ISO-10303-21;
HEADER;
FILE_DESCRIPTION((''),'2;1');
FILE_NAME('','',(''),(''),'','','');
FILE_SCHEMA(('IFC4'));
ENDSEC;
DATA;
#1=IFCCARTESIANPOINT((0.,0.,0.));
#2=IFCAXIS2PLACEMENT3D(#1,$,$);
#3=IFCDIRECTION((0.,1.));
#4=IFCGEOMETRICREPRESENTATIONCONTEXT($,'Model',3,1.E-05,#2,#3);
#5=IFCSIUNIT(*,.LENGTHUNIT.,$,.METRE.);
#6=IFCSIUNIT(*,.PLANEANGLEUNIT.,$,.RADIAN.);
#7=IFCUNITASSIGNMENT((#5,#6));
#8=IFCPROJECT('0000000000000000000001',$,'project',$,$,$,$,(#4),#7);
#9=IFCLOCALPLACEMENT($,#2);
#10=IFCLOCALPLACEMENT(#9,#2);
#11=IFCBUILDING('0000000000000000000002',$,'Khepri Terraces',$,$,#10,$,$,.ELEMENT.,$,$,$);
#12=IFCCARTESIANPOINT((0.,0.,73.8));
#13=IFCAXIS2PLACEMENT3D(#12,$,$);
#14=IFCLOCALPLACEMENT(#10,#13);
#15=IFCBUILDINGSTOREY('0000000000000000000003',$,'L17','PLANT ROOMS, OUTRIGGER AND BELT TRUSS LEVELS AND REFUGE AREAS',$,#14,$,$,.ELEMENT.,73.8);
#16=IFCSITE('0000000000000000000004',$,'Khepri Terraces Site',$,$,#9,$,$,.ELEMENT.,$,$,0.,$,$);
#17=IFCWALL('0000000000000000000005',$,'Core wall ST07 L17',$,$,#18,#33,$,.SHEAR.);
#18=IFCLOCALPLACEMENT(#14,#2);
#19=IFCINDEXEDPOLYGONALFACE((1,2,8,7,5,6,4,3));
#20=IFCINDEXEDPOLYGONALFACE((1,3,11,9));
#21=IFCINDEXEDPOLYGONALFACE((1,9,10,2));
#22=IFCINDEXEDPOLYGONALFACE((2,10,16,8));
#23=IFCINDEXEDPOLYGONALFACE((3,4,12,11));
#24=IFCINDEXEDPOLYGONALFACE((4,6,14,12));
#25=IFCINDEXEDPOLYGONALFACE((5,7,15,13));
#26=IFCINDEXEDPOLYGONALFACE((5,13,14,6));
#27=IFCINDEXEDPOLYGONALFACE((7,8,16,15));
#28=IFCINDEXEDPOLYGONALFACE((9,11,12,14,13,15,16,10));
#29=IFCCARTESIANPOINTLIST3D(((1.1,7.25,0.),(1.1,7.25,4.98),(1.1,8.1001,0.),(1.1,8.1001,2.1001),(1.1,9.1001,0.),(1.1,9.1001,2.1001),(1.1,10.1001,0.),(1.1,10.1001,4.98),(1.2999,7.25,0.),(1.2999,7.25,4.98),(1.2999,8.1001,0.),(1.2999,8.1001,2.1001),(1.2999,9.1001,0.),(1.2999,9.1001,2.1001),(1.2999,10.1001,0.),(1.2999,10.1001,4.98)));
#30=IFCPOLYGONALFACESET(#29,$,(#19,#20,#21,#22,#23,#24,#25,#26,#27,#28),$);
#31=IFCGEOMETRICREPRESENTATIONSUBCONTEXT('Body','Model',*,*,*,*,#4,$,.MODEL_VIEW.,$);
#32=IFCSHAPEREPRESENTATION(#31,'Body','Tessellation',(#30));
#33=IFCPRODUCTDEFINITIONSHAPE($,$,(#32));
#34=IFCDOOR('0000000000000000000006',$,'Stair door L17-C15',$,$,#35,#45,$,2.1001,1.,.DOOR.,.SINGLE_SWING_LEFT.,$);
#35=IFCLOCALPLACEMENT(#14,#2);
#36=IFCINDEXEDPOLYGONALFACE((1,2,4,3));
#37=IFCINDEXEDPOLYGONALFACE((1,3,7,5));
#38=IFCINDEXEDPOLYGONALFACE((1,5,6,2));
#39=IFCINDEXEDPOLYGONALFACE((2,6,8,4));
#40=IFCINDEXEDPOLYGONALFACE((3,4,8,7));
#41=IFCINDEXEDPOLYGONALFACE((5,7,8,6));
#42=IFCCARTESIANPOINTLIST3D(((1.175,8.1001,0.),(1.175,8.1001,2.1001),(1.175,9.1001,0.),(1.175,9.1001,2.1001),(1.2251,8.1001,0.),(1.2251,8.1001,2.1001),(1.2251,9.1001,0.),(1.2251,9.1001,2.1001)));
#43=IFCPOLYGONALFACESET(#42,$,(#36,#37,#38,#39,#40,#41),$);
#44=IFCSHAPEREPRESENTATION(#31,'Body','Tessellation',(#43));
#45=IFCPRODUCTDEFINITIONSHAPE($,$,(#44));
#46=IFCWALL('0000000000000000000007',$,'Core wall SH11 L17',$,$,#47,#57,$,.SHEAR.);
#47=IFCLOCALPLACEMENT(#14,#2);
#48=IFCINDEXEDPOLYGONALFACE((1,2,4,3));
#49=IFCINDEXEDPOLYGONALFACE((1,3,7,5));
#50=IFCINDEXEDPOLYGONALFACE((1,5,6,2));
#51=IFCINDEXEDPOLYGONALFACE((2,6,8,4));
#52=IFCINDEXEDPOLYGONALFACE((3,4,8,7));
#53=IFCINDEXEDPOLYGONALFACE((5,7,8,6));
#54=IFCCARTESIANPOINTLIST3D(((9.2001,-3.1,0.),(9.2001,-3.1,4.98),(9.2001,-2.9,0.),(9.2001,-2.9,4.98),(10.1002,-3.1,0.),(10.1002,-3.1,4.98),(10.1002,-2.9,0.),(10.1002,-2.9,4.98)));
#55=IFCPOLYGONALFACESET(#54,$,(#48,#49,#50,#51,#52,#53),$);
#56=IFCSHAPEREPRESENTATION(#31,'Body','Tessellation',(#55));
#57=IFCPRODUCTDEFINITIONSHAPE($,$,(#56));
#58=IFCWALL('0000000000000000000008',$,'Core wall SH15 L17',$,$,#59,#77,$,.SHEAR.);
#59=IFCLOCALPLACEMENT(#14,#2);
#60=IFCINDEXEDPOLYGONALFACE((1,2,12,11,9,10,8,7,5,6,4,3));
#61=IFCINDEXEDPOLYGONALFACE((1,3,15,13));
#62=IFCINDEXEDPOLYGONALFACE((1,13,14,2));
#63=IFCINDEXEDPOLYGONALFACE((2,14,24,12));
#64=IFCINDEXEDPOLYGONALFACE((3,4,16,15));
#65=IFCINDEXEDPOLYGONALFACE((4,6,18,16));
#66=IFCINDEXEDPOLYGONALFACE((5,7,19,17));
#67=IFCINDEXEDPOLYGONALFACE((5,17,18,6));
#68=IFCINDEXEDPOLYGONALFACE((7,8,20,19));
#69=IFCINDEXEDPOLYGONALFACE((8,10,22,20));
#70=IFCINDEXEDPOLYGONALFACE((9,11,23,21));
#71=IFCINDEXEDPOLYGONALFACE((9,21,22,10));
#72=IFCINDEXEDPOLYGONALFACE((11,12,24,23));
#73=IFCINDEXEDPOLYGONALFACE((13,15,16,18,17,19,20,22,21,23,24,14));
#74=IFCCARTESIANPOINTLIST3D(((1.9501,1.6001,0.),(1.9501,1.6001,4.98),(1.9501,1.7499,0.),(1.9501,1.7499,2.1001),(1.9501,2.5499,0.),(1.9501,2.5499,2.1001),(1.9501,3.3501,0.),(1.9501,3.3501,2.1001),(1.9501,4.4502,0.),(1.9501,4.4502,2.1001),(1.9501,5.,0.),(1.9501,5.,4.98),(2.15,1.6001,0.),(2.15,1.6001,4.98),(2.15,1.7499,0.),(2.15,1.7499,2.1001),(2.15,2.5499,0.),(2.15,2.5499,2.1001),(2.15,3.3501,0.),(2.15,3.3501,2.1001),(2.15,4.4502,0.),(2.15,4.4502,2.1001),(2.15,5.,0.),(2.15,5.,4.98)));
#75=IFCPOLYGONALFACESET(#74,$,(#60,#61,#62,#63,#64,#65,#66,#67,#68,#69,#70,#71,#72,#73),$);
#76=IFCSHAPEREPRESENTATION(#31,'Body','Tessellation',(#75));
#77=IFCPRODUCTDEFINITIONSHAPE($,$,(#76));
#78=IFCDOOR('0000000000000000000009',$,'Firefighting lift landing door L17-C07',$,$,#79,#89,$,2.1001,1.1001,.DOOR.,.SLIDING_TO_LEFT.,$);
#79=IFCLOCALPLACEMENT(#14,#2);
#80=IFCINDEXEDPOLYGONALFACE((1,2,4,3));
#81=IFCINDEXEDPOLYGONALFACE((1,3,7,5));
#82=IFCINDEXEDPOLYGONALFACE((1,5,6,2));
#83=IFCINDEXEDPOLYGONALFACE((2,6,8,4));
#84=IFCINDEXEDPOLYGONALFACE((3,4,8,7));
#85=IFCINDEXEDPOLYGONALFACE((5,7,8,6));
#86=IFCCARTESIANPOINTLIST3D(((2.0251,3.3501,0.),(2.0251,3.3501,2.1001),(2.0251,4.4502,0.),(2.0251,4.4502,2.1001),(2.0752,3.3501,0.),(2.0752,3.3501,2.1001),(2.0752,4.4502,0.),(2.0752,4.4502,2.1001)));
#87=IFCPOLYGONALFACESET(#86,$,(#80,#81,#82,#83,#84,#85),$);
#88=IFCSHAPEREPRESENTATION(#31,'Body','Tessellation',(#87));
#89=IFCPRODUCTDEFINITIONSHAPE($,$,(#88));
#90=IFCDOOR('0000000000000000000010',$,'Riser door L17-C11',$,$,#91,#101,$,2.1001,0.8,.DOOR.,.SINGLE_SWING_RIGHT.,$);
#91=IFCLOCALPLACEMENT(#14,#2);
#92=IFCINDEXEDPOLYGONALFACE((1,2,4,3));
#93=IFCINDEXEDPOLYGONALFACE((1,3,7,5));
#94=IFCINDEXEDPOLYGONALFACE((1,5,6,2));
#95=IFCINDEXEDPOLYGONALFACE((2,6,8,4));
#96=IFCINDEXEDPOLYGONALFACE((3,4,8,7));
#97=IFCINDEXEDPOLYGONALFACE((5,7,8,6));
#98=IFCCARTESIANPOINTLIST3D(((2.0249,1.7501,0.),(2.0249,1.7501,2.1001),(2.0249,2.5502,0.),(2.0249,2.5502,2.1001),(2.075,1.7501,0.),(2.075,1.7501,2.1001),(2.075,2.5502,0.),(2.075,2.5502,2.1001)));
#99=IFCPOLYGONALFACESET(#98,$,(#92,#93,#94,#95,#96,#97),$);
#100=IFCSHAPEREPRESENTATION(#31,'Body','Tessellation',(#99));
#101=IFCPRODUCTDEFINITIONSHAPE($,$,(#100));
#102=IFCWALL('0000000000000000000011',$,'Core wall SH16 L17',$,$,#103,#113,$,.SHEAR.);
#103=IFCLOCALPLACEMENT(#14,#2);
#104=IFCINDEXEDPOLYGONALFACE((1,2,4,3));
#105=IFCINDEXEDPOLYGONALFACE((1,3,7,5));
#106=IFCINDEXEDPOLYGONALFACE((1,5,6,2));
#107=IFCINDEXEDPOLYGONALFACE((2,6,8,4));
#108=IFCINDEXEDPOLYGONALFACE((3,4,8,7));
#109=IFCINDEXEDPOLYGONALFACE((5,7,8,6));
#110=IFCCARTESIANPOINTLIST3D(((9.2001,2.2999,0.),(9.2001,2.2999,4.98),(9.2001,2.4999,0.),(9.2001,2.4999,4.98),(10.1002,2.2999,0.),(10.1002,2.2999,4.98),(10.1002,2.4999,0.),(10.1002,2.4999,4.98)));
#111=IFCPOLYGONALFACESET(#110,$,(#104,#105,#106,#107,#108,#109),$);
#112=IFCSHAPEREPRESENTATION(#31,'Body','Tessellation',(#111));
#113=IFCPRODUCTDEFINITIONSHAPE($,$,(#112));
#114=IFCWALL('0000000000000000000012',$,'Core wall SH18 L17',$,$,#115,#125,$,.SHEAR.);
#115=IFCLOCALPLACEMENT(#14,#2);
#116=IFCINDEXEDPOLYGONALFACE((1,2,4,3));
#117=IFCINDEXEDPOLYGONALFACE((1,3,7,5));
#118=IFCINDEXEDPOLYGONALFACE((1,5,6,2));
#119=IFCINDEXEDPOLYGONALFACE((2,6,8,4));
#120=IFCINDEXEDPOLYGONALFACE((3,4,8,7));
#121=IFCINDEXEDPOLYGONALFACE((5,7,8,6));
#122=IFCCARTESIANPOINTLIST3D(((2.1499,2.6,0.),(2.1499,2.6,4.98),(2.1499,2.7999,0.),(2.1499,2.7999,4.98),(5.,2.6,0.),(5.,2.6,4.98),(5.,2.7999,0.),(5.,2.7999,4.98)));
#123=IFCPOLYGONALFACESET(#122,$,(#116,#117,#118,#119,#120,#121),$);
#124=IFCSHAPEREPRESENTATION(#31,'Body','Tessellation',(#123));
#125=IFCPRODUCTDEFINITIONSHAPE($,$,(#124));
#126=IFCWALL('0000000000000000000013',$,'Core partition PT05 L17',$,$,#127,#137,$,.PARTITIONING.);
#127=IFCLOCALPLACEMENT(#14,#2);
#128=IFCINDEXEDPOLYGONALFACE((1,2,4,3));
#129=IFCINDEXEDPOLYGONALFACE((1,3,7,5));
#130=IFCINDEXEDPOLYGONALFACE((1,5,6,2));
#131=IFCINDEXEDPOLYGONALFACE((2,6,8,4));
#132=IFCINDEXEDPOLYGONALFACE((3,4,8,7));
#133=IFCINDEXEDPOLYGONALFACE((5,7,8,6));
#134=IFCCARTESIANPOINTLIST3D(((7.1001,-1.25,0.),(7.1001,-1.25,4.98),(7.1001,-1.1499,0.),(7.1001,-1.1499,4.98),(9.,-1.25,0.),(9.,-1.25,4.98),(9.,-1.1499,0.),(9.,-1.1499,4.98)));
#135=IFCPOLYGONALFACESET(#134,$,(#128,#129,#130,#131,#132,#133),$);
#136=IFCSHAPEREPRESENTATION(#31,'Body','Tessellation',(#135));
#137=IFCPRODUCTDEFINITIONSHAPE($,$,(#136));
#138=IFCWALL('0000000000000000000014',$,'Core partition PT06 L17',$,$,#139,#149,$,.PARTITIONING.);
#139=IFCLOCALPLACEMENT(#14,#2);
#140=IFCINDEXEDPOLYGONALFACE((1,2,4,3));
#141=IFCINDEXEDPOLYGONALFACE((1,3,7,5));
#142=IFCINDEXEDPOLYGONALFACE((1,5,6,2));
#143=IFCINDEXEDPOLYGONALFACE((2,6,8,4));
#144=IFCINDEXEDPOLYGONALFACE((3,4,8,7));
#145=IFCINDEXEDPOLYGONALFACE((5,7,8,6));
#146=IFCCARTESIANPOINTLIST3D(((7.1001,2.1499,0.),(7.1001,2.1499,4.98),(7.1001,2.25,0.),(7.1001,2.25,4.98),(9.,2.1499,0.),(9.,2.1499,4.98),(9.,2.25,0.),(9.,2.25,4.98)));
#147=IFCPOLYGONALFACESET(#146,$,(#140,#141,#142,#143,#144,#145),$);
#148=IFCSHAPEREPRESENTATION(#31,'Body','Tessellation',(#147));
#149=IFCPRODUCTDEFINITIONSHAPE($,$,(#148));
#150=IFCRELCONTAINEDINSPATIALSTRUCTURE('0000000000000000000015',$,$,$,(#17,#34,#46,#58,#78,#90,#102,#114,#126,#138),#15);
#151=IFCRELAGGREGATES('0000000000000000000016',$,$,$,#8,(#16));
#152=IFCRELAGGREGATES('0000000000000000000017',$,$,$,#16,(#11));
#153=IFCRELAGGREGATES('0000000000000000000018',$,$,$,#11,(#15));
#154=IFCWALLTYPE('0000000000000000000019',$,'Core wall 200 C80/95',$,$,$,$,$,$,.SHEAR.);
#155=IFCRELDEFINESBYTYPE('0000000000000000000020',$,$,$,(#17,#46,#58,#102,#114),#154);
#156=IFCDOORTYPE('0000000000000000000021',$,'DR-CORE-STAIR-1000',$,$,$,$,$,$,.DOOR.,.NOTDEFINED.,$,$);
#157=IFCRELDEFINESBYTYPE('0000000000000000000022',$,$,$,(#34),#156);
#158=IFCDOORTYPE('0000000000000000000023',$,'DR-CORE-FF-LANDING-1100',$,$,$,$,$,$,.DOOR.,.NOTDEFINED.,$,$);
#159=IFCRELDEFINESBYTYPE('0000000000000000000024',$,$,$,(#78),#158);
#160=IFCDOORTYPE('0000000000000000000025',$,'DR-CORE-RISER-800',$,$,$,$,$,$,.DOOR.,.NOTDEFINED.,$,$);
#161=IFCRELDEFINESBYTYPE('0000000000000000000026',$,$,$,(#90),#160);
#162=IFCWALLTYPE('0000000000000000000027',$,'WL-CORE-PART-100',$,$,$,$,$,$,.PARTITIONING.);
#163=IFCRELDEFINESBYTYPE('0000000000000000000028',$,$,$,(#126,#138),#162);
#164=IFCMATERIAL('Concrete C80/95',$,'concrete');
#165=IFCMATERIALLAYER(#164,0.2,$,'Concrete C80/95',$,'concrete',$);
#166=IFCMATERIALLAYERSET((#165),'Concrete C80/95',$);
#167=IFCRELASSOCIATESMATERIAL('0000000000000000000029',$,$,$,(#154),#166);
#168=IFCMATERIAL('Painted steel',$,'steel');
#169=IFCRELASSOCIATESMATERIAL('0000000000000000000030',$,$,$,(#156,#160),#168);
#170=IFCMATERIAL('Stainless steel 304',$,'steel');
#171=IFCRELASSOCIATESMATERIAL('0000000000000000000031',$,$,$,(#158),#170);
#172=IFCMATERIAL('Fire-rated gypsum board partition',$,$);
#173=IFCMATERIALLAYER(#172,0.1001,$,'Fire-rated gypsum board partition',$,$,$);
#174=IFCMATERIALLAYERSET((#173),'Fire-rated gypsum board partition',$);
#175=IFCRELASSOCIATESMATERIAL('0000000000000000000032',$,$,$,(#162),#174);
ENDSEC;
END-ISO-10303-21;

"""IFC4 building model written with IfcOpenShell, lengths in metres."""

from ifc_helpers import new_model, si_unit, direction, frame, frame_2d, origin, place, context, subcontext, project, spatial, rectangle, extrude, material, layer, layer_set, type_object, element, fill, save


model = new_model("IFC4")

# Units and contexts
model_context = context("Model", 3, precision=1e-05, world=origin(), true_north=direction((0.0, 1.0)))
body_context = subcontext(model_context, "Body", "Model", "MODEL_VIEW")
ifc_project = project(units=[si_unit("LENGTHUNIT", "METRE"), si_unit("PLANEANGLEUNIT", "RADIAN")], contexts=[model_context])

# Site, building, storey
site_placement = place(None, origin())
site = spatial("IfcSite", under=ifc_project, at=site_placement, Name="Khepri Terraces Site", CompositionType="ELEMENT", RefElevation=0.0)
building_placement = place(site_placement, origin())
building = spatial("IfcBuilding", under=site, at=building_placement, Name="Khepri Terraces", CompositionType="ELEMENT")
storey_placement = place(building_placement, frame((0.0, 0.0, 73.8)))
storey = spatial("IfcBuildingStorey", under=building, at=storey_placement, Name="L17", Description="PLANT ROOMS, OUTRIGGER AND BELT TRUSS LEVELS AND REFUGE AREAS", CompositionType="ELEMENT", Elevation=73.8)

# Shared definitions
ifc_material_1 = material(Name="Concrete C80/95", Category="concrete")
ifc_layer_1 = layer(ifc_material_1, 0.2, Name="Concrete C80/95", Category="concrete")
ifc_layer_set_1 = layer_set([ifc_layer_1], Name="Concrete C80/95")
wall_type_1 = type_object("IfcWallType", Name="Core wall 200 C80/95", PredefinedType="SHEAR", material=ifc_layer_set_1)

# Wall, opening, door
wall_1_placement = place(storey_placement, frame((1.2, 7.25, 0.0), z_axis=(0.0, 0.0, 1.0), x_axis=(0.0, 1.0, 0.0)))
wall_1 = element("IfcWall", 1, at=wall_1_placement, inside=storey, type_object=wall_type_1, Name="Core wall ST07 L17", PredefinedType="SHEAR", context=body_context, shape_type="SweptSolid", body=[
    extrude(rectangle(XDim=2.8501, YDim=0.2, at=frame_2d((1.425, 0.0))), origin(), (0.0, 0.0, 1.0), 4.98),
])
opening_1_placement = place(wall_1_placement, frame((0.8501, 0.0, 0.0)))
opening_1 = element("IfcOpeningElement", 2, at=opening_1_placement, cuts=wall_1, PredefinedType="OPENING", context=body_context, shape_type="SweptSolid", body=[
    extrude(rectangle(XDim=1.0, YDim=2.1001, at=frame_2d((0.5, 1.05))), frame((0.0, 0.1099, 0.0), z_axis=(0.0, -1.0, 0.0), x_axis=(1.0, 0.0, 0.0)), (0.0, 0.0, 1.0), 0.22),
])
ifc_material_2 = material(Name="Painted steel", Category="steel")
door_type_1 = type_object("IfcDoorType", Name="DR-CORE-STAIR-1000", OperationType="NOTDEFINED", PredefinedType="DOOR", material=ifc_material_2)
door_1_placement = place(opening_1_placement, origin())
door_1 = element("IfcDoor", 3, at=door_1_placement, inside=storey, type_object=door_type_1, Name="Stair door L17-C15", OperationType="SINGLE_SWING_LEFT", OverallHeight=2.1001, OverallWidth=1.0, PredefinedType="DOOR", context=body_context, shape_type="SweptSolid", body=[
    extrude(rectangle(XDim=1.0, YDim=2.1001, at=frame_2d((0.5, 1.05))), frame((0.0, 0.0249, 0.0), z_axis=(0.0, -1.0, 0.0), x_axis=(1.0, 0.0, 0.0)), (0.0, 0.0, 1.0), 0.05),
])
fill(opening_1, door_1)

# Wall
wall_2_placement = place(storey_placement, frame((9.2, -3.0, 0.0), z_axis=(0.0, 0.0, 1.0), x_axis=(1.0, 0.0, 0.0)))
element("IfcWall", 4, at=wall_2_placement, inside=storey, type_object=wall_type_1, Name="Core wall SH11 L17", PredefinedType="SHEAR", context=body_context, shape_type="SweptSolid", body=[
    extrude(rectangle(XDim=0.9001, YDim=0.2, at=frame_2d((0.4502, 0.0))), origin(), (0.0, 0.0, 1.0), 4.98),
])

# Wall, openings, doors
wall_3_placement = place(storey_placement, frame((2.05, 1.6001, 0.0), z_axis=(0.0, 0.0, 1.0), x_axis=(0.0, 1.0, 0.0)))
wall_3 = element("IfcWall", 5, at=wall_3_placement, inside=storey, type_object=wall_type_1, Name="Core wall SH15 L17", PredefinedType="SHEAR", context=body_context, shape_type="SweptSolid", body=[
    extrude(rectangle(XDim=3.3999, YDim=0.2, at=frame_2d((1.7, 0.0))), origin(), (0.0, 0.0, 1.0), 4.98),
])
opening_2_placement = place(wall_3_placement, frame((1.75, 0.0, 0.0)))
opening_2 = element("IfcOpeningElement", 6, at=opening_2_placement, cuts=wall_3, PredefinedType="OPENING", context=body_context, shape_type="SweptSolid", body=[
    extrude(rectangle(XDim=1.1001, YDim=2.1001, at=frame_2d((0.55, 1.05))), frame((0.0, 0.1099, 0.0), z_axis=(0.0, -1.0, 0.0), x_axis=(1.0, 0.0, 0.0)), (0.0, 0.0, 1.0), 0.22),
])
opening_3_placement = place(wall_3_placement, frame((0.1499, 0.0, 0.0)))
opening_3 = element("IfcOpeningElement", 7, at=opening_3_placement, cuts=wall_3, PredefinedType="OPENING", context=body_context, shape_type="SweptSolid", body=[
    extrude(rectangle(XDim=0.8, YDim=2.1001, at=frame_2d((0.3999, 1.05))), frame((0.0, 0.1099, 0.0), z_axis=(0.0, -1.0, 0.0), x_axis=(1.0, 0.0, 0.0)), (0.0, 0.0, 1.0), 0.22),
])
ifc_material_3 = material(Name="Stainless steel 304", Category="steel")
door_type_2 = type_object("IfcDoorType", Name="DR-CORE-FF-LANDING-1100", OperationType="NOTDEFINED", PredefinedType="DOOR", material=ifc_material_3)
door_2_placement = place(opening_2_placement, origin())
door_2 = element("IfcDoor", 8, at=door_2_placement, inside=storey, type_object=door_type_2, Name="Firefighting lift landing door L17-C07", OperationType="SLIDING_TO_LEFT", OverallHeight=2.1001, OverallWidth=1.1001, PredefinedType="DOOR", context=body_context, shape_type="SweptSolid", body=[
    extrude(rectangle(XDim=1.1001, YDim=2.1001, at=frame_2d((0.55, 1.05))), frame((0.0, 0.0249, 0.0), z_axis=(0.0, -1.0, 0.0), x_axis=(1.0, 0.0, 0.0)), (0.0, 0.0, 1.0), 0.05),
])
fill(opening_2, door_2)
door_type_3 = type_object("IfcDoorType", Name="DR-CORE-RISER-800", OperationType="NOTDEFINED", PredefinedType="DOOR", material=ifc_material_2)
door_3_placement = place(opening_3_placement, frame((0.8, 0.0, 0.0), z_axis=(0.0, 0.0, 1.0), x_axis=(-1.0, 0.0, 0.0)))
door_3 = element("IfcDoor", 9, at=door_3_placement, inside=storey, type_object=door_type_3, Name="Riser door L17-C11", OperationType="SINGLE_SWING_RIGHT", OverallHeight=2.1001, OverallWidth=0.8, PredefinedType="DOOR", context=body_context, shape_type="SweptSolid", body=[
    extrude(rectangle(XDim=0.8, YDim=2.1001, at=frame_2d((0.3999, 1.05))), frame((0.0, 0.0249, 0.0), z_axis=(0.0, -1.0, 0.0), x_axis=(1.0, 0.0, 0.0)), (0.0, 0.0, 1.0), 0.05),
])
fill(opening_3, door_3)

# Walls
wall_4_placement = place(storey_placement, frame((9.2, 2.3999, 0.0), z_axis=(0.0, 0.0, 1.0), x_axis=(1.0, 0.0, 0.0)))
element("IfcWall", 10, at=wall_4_placement, inside=storey, type_object=wall_type_1, Name="Core wall SH16 L17", PredefinedType="SHEAR", context=body_context, shape_type="SweptSolid", body=[
    extrude(rectangle(XDim=0.9001, YDim=0.2, at=frame_2d((0.4502, 0.0))), origin(), (0.0, 0.0, 1.0), 4.98),
])
wall_5_placement = place(storey_placement, frame((2.1499, 2.7, 0.0), z_axis=(0.0, 0.0, 1.0), x_axis=(1.0, 0.0, 0.0)))
element("IfcWall", 11, at=wall_5_placement, inside=storey, type_object=wall_type_1, Name="Core wall SH18 L17", PredefinedType="SHEAR", context=body_context, shape_type="SweptSolid", body=[
    extrude(rectangle(XDim=2.8501, YDim=0.2, at=frame_2d((1.425, 0.0))), origin(), (0.0, 0.0, 1.0), 4.98),
])
ifc_material_4 = material(Name="Fire-rated gypsum board partition")
ifc_layer_2 = layer(ifc_material_4, 0.1001, Name="Fire-rated gypsum board partition")
ifc_layer_set_2 = layer_set([ifc_layer_2], Name="Fire-rated gypsum board partition")
wall_type_2 = type_object("IfcWallType", Name="WL-CORE-PART-100", PredefinedType="PARTITIONING", material=ifc_layer_set_2)
for number, where, z_axis, x_axis, name in (
    (12, (7.1001, -1.2, 0.0), (0.0, 0.0, 1.0), (1.0, 0.0, 0.0), "Core partition PT05 L17"),
    (13, (7.1001, 2.2, 0.0), (0.0, 0.0, 1.0), (1.0, 0.0, 0.0), "Core partition PT06 L17"),
):
    element("IfcWall", number, at=place(storey_placement, frame(where, z_axis=z_axis, x_axis=x_axis)), inside=storey, type_object=wall_type_2, Name=name, PredefinedType="PARTITIONING", context=body_context, shape_type="SweptSolid", body=[
        extrude(rectangle(XDim=1.8999, YDim=0.1001, at=frame_2d((0.95, 0.0))), origin(), (0.0, 0.0, 1.0), 4.98),
    ])

save(model, "model.ifc")
